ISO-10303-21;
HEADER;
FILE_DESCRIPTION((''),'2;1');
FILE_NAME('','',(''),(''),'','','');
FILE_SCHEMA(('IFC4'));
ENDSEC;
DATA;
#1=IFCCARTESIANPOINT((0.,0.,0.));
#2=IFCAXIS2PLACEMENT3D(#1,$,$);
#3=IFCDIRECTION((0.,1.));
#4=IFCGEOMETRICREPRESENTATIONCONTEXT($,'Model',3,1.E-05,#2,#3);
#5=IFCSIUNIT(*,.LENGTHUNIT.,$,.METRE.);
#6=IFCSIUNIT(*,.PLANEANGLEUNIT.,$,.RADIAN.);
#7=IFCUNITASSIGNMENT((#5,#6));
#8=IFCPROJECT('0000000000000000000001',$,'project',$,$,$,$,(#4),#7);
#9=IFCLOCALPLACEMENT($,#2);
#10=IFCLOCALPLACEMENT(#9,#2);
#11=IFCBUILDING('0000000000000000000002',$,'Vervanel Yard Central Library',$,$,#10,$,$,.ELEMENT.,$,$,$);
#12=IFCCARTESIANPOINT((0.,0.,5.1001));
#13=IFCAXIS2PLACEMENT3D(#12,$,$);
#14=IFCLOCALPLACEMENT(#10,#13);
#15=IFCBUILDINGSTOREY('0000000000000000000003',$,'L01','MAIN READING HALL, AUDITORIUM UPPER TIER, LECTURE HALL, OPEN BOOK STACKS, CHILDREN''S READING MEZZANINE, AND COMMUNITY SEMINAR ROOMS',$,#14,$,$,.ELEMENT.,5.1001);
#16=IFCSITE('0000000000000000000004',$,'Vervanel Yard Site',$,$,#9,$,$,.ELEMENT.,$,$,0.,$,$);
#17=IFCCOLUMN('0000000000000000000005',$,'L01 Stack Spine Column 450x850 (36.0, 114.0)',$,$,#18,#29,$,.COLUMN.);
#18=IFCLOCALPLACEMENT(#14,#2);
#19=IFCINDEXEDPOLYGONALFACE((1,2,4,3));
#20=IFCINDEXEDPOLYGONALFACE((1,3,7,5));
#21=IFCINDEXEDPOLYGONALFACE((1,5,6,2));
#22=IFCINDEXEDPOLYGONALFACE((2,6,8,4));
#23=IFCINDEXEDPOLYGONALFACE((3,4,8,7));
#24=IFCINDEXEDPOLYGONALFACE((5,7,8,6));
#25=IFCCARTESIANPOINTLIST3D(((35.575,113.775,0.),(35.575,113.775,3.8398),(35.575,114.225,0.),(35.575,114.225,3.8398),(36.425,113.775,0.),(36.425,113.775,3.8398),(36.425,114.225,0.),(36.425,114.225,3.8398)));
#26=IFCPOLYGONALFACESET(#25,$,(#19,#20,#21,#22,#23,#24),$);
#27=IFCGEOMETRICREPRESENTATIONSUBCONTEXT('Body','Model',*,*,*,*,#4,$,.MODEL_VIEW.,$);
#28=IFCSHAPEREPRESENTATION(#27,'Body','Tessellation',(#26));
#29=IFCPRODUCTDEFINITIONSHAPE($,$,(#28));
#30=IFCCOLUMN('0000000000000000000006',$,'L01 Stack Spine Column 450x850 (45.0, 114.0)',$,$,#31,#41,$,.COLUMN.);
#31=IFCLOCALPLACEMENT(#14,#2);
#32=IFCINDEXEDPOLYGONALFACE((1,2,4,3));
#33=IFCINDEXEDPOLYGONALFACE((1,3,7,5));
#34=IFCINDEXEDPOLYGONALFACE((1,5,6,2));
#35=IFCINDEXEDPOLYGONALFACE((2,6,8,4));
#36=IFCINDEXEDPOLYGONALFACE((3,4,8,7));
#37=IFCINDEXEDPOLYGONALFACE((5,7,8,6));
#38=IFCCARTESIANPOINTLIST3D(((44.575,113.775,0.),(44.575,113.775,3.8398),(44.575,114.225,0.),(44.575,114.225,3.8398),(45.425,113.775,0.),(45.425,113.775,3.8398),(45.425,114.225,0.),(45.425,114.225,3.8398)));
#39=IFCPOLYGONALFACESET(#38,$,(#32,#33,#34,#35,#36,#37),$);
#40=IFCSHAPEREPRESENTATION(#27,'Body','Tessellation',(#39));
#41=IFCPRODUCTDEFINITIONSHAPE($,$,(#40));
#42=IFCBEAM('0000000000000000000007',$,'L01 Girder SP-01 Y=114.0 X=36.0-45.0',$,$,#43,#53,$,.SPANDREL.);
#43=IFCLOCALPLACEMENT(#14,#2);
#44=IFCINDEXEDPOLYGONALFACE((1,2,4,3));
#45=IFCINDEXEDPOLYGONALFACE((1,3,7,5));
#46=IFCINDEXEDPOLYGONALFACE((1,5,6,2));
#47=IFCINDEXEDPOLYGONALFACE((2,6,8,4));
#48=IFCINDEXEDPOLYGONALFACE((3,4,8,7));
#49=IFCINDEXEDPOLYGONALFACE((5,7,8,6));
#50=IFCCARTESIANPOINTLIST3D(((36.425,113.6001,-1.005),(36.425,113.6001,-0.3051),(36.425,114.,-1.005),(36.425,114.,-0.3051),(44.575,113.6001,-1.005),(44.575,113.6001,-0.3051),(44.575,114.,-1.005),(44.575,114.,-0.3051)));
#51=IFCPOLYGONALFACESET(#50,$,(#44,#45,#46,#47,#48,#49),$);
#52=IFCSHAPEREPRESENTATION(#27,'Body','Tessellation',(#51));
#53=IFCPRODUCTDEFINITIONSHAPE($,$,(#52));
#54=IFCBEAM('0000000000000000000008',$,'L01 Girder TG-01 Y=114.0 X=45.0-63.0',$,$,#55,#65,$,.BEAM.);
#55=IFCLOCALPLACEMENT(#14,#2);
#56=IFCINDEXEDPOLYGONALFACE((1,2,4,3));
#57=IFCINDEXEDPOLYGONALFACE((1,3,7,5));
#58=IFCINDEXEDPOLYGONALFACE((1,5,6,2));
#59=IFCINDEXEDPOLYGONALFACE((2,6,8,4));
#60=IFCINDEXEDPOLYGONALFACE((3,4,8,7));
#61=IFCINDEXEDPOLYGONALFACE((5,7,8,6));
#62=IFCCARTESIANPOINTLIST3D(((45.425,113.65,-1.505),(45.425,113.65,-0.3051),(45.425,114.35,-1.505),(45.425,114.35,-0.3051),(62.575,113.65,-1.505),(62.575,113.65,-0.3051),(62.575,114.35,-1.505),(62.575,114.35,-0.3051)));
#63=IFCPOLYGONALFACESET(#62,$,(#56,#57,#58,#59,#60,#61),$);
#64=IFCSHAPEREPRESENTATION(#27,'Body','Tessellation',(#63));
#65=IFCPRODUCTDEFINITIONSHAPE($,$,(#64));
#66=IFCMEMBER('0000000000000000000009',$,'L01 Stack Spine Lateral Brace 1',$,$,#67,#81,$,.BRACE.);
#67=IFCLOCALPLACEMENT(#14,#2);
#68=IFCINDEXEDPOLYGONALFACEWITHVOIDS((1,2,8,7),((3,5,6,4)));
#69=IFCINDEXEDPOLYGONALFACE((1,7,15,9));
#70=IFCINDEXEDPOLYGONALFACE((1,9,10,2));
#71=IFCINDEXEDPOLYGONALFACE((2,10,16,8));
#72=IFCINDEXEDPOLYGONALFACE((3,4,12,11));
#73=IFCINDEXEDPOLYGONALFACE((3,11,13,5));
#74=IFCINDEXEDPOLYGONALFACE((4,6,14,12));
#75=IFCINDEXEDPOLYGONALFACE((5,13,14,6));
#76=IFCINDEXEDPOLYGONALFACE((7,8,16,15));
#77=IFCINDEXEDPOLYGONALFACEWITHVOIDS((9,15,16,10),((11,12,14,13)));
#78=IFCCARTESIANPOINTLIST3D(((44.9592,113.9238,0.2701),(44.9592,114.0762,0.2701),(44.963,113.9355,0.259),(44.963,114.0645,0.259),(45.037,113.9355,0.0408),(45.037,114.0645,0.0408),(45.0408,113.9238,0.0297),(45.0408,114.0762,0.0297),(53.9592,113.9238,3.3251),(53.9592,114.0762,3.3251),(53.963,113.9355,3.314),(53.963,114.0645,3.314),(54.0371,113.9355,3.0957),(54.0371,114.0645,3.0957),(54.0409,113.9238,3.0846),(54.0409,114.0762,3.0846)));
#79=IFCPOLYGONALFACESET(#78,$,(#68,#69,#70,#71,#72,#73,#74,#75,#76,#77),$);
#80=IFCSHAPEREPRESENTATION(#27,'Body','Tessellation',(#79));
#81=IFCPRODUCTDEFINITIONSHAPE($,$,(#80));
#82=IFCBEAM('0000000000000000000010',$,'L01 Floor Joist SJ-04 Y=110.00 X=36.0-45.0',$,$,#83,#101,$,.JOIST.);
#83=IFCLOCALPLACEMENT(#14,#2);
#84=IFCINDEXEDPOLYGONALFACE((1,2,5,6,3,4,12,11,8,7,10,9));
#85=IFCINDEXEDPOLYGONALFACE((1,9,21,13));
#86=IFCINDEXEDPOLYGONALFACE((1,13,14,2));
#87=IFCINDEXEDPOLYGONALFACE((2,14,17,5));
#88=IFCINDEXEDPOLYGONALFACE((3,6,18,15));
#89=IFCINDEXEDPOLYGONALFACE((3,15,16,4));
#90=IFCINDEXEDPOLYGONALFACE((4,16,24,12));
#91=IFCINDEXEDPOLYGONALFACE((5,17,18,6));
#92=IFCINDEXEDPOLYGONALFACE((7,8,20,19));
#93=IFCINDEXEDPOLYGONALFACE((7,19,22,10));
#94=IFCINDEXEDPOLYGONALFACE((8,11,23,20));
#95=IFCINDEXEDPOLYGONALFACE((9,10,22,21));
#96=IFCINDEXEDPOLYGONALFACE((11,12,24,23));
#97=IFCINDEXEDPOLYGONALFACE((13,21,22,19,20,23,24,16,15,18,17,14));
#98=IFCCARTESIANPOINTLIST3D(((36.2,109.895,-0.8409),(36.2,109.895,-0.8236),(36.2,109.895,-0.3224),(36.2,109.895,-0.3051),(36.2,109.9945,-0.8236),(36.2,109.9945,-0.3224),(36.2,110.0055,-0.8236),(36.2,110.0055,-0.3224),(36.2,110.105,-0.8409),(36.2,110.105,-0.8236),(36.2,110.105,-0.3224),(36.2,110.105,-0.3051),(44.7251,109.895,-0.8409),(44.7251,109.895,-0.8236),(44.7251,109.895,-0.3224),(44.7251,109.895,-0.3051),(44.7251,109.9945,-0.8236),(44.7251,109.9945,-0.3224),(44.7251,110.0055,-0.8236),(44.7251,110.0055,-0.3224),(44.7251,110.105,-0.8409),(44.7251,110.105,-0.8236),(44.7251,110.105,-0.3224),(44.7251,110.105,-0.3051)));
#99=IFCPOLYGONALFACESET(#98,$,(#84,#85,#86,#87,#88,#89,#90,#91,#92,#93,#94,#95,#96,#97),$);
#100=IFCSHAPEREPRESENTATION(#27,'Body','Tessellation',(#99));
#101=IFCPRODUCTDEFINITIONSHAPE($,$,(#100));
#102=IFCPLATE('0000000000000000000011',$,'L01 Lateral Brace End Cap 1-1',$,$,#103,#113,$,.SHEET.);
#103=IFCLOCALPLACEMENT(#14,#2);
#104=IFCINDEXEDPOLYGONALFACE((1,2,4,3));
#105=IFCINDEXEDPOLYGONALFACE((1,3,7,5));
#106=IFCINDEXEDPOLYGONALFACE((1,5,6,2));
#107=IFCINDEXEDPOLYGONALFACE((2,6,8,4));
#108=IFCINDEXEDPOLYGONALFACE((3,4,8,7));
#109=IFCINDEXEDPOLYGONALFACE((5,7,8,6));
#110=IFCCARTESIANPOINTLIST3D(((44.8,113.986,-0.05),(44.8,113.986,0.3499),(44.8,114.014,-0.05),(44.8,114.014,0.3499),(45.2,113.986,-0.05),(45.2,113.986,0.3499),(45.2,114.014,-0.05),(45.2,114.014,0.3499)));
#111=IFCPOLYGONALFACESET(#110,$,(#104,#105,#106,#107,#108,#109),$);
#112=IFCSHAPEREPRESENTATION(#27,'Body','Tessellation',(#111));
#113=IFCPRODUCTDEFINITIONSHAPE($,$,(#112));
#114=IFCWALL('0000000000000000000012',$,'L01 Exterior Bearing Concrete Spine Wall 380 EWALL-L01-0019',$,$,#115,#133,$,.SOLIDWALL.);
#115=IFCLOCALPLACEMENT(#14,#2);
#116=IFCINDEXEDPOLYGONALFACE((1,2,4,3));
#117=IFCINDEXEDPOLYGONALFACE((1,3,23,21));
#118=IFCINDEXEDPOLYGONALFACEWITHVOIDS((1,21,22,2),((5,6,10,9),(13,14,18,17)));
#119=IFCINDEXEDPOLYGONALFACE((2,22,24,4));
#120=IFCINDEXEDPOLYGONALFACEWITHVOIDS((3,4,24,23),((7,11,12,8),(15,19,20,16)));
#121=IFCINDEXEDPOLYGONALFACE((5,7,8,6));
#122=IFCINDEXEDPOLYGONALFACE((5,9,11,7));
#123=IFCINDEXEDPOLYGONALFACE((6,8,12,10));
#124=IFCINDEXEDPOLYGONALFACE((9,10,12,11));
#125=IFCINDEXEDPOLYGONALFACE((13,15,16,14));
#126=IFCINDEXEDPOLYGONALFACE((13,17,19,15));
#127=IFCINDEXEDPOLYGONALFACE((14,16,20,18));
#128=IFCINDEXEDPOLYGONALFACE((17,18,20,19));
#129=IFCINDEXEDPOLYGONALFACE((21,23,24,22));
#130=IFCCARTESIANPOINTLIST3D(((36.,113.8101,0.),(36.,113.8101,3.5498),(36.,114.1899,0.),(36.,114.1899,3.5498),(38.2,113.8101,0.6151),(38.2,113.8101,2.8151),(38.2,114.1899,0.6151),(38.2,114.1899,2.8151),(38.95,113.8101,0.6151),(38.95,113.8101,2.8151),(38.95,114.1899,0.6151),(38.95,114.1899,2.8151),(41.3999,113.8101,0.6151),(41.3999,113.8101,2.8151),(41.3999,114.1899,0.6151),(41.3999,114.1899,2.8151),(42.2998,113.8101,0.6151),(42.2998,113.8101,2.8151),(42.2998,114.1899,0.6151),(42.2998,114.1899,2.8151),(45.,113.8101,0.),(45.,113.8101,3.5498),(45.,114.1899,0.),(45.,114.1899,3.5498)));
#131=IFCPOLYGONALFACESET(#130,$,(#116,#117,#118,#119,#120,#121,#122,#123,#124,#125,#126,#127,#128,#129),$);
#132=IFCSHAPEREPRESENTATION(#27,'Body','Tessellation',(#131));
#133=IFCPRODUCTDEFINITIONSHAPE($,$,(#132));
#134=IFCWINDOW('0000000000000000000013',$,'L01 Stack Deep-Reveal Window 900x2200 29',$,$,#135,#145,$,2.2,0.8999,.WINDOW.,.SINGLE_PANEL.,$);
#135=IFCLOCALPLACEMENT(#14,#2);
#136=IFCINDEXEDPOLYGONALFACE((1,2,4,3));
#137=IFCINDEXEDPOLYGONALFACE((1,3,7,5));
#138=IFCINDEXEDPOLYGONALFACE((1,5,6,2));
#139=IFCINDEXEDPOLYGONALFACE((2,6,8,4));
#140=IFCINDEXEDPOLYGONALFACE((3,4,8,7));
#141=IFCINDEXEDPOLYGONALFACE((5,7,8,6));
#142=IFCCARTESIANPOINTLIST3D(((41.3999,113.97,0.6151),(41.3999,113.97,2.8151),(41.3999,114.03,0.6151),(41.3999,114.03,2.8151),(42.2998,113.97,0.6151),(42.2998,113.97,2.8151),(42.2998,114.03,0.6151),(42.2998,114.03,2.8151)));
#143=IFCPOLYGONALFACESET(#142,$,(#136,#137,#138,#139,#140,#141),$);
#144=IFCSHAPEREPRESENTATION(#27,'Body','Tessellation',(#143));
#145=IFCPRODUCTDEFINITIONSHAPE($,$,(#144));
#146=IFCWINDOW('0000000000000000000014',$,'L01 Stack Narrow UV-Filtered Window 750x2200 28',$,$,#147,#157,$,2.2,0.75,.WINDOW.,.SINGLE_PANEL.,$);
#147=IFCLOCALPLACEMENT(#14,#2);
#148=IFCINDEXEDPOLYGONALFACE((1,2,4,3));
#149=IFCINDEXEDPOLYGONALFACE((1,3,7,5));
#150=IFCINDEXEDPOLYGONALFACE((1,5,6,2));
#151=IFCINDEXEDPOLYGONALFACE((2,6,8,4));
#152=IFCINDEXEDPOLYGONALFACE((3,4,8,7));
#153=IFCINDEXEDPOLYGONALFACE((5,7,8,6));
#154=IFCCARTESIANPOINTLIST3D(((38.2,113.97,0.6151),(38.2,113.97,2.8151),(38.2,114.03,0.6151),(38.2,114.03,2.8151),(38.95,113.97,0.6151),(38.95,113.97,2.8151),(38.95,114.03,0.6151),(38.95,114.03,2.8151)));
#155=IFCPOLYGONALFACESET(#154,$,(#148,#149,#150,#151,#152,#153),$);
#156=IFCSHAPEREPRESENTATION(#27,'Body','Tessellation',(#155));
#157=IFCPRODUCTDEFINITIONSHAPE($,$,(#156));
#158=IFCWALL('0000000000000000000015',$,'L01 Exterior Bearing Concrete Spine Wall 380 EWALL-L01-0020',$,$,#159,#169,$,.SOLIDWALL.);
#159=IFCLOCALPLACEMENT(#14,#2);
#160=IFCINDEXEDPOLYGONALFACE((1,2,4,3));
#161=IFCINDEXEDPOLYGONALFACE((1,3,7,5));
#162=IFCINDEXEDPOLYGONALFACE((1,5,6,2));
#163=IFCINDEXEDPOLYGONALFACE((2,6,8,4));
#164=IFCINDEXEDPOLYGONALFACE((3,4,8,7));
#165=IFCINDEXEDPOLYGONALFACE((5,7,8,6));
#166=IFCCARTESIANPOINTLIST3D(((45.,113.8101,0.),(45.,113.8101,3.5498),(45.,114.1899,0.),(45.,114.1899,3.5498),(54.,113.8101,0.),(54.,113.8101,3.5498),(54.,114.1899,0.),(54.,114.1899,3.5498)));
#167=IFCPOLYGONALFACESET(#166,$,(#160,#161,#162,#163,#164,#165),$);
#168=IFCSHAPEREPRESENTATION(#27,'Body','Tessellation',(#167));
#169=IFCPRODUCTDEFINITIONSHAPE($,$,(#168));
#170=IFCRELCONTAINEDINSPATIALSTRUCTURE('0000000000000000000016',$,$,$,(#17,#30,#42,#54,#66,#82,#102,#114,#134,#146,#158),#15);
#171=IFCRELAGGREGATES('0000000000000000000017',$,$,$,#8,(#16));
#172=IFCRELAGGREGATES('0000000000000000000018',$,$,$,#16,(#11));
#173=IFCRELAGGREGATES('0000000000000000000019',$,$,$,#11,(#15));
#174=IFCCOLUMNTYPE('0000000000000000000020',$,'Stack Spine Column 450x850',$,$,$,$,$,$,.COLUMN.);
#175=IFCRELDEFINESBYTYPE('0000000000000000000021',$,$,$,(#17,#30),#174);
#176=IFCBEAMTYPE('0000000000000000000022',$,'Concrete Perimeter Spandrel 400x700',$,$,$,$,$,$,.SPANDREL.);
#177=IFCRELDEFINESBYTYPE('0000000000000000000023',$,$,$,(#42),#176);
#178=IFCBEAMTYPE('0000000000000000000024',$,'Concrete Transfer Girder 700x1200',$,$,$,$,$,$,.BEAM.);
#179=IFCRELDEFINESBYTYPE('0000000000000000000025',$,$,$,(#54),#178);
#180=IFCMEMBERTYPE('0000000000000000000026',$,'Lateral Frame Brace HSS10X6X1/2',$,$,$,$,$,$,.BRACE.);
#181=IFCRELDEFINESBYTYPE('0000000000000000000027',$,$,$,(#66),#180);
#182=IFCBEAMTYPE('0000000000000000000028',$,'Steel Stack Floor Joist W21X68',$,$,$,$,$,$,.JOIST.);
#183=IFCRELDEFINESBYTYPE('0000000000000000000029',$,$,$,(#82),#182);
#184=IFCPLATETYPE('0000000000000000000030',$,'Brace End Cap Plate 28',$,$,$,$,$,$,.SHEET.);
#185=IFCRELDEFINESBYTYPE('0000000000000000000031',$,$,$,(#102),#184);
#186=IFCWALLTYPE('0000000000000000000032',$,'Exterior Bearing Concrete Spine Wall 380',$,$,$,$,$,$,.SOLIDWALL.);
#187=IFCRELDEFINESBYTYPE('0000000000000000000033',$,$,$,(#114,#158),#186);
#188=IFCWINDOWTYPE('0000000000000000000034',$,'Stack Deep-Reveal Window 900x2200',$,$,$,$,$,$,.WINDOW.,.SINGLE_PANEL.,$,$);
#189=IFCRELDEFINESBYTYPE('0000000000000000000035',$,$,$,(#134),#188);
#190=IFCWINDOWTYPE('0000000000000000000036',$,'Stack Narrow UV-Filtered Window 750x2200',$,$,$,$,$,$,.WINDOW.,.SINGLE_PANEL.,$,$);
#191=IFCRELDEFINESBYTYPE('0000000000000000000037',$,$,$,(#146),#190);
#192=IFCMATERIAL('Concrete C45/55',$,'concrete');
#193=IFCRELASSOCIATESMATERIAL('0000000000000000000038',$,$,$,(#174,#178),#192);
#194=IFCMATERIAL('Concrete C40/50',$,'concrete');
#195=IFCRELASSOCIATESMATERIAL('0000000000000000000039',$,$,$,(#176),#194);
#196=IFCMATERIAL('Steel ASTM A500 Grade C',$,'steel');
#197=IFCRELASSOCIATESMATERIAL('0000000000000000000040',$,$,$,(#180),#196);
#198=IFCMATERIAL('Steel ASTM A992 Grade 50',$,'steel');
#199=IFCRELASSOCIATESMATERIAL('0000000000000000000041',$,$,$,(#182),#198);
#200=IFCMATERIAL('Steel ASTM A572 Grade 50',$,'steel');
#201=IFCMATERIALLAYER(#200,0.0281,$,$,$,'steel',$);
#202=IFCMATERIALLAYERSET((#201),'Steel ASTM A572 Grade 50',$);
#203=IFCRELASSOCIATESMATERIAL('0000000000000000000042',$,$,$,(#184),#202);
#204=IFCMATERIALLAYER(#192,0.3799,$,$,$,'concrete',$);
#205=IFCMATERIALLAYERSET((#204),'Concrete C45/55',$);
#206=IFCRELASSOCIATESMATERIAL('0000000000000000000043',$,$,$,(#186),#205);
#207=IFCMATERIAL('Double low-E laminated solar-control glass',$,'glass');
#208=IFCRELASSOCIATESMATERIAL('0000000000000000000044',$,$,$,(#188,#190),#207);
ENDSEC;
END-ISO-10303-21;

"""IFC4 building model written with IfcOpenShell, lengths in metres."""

from ifc_helpers import new_model, si_unit, direction, frame, frame_2d, origin, origin_2d, place, context, subcontext, project, spatial, rectangle, hollow_rectangle, i_section, extrude, material, layer, layer_set, material_profile, profile_set, type_object, element, fill, save


model = new_model("IFC4")

# Units and contexts
model_context = context("Model", 3, precision=1e-05, world=origin(), true_north=direction((0.0, 1.0)))
body_context = subcontext(model_context, "Body", "Model", "MODEL_VIEW")
ifc_project = project(units=[si_unit("LENGTHUNIT", "METRE"), si_unit("PLANEANGLEUNIT", "RADIAN")], contexts=[model_context])

# Site, building, storey
site_placement = place(None, origin())
site = spatial("IfcSite", under=ifc_project, at=site_placement, Name="Vervanel Yard Site", CompositionType="ELEMENT", RefElevation=0.0)
building_placement = place(site_placement, origin())
building = spatial("IfcBuilding", under=site, at=building_placement, Name="Vervanel Yard Central Library", CompositionType="ELEMENT")
storey_placement = place(building_placement, frame((0.0, 0.0, 5.1001)))
storey = spatial("IfcBuildingStorey", under=building, at=storey_placement, Name="L01", Description="MAIN READING HALL, AUDITORIUM UPPER TIER, LECTURE HALL, OPEN BOOK STACKS, CHILDREN'S READING MEZZANINE, AND COMMUNITY SEMINAR ROOMS", CompositionType="ELEMENT", Elevation=5.1001)

# Columns
ifc_material_1 = material(Name="Concrete C45/55", Category="concrete")
ifc_material_profile_1 = material_profile(ifc_material_1, rectangle(XDim=0.45, YDim=0.8501, at=origin_2d()), Name="RC 450x850", Category="concrete")
ifc_profile_set_1 = profile_set([ifc_material_profile_1], Name="Concrete C45/55")
column_type = type_object("IfcColumnType", Name="Stack Spine Column 450x850", PredefinedType="COLUMN", material=ifc_profile_set_1)
for number, where, z_axis, x_axis, name in (
    (1, (36.0, 114.0, 0.0), (0.0, 0.0, 1.0), (0.0, 1.0, 0.0), "L01 Stack Spine Column 450x850 (36.0, 114.0)"),
    (2, (45.0, 114.0, 0.0), (0.0, 0.0, 1.0), (0.0, 1.0, 0.0), "L01 Stack Spine Column 450x850 (45.0, 114.0)"),
):
    element("IfcColumn", number, at=place(storey_placement, frame(where, z_axis=z_axis, x_axis=x_axis)), inside=storey, type_object=column_type, Name=name, PredefinedType="COLUMN", context=body_context, shape_type="SweptSolid", body=[
        extrude(rectangle(XDim=0.45, YDim=0.8501, at=origin_2d()), origin(), (0.0, 0.0, 1.0), 3.8398),
    ])

# Beams
ifc_material_2 = material(Name="Concrete C40/50", Category="concrete")
ifc_material_profile_2 = material_profile(ifc_material_2, rectangle(XDim=0.3999, YDim=0.7, at=origin_2d()), Name="RC 400x700", Category="concrete")
ifc_profile_set_2 = profile_set([ifc_material_profile_2], Name="Concrete C40/50")
beam_type_1 = type_object("IfcBeamType", Name="Concrete Perimeter Spandrel 400x700", PredefinedType="SPANDREL", material=ifc_profile_set_2)
beam_1_placement = place(storey_placement, frame((36.425, 113.8, -0.655), z_axis=(1.0, 0.0, 0.0), x_axis=(0.0, 1.0, 0.0)))
element("IfcBeam", 3, at=beam_1_placement, inside=storey, type_object=beam_type_1, Name="L01 Girder SP-01 Y=114.0 X=36.0-45.0", PredefinedType="SPANDREL", context=body_context, shape_type="SweptSolid", body=[
    extrude(rectangle(XDim=0.3999, YDim=0.7, at=origin_2d()), origin(), (0.0, 0.0, 1.0), 8.1499),
])
ifc_material_profile_3 = material_profile(ifc_material_1, rectangle(XDim=0.7, YDim=1.2, at=origin_2d()), Name="RC 700x1200", Category="concrete")
ifc_profile_set_3 = profile_set([ifc_material_profile_3], Name="Concrete C45/55")
beam_type_2 = type_object("IfcBeamType", Name="Concrete Transfer Girder 700x1200", PredefinedType="BEAM", material=ifc_profile_set_3)
beam_2_placement = place(storey_placement, frame((45.425, 114.0, -0.905), z_axis=(1.0, 0.0, 0.0), x_axis=(0.0, 1.0, 0.0)))
element("IfcBeam", 4, at=beam_2_placement, inside=storey, type_object=beam_type_2, Name="L01 Girder TG-01 Y=114.0 X=45.0-63.0", PredefinedType="BEAM", context=body_context, shape_type="SweptSolid", body=[
    extrude(rectangle(XDim=0.7, YDim=1.2, at=origin_2d()), origin(), (0.0, 0.0, 1.0), 17.1499),
])

# Member
ifc_material_3 = material(Name="Steel ASTM A500 Grade C", Category="steel")
ifc_material_profile_4 = material_profile(ifc_material_3, hollow_rectangle(XDim=0.1523, YDim=0.2539, WallThickness=0.0117, at=origin_2d()), Name="HSS10X6X1/2", Category="steel")
ifc_profile_set_4 = profile_set([ifc_material_profile_4], Name="Steel ASTM A500 Grade C")
member_type = type_object("IfcMemberType", Name="Lateral Frame Brace HSS10X6X1/2", PredefinedType="BRACE", material=ifc_profile_set_4)
member_placement = place(storey_placement, frame((45.0, 114.0, 0.1499), z_axis=(0.946935, 0.0, 0.321425), x_axis=(0.0, 1.0, 0.0)))
element("IfcMember", 5, at=member_placement, inside=storey, type_object=member_type, Name="L01 Stack Spine Lateral Brace 1", PredefinedType="BRACE", context=body_context, shape_type="SweptSolid", body=[
    extrude(hollow_rectangle(XDim=0.1523, YDim=0.2539, WallThickness=0.0117, at=origin_2d()), origin(), (0.0, 0.0, 1.0), 9.5044),
])

# Beam
ifc_material_4 = material(Name="Steel ASTM A992 Grade 50", Category="steel")
ifc_material_profile_5 = material_profile(ifc_material_4, i_section(OverallWidth=0.21, OverallDepth=0.5359, WebThickness=0.011, FlangeThickness=0.0173, at=origin_2d()), Name="W21X68", Category="steel")
ifc_profile_set_5 = profile_set([ifc_material_profile_5], Name="Steel ASTM A992 Grade 50")
beam_type_3 = type_object("IfcBeamType", Name="Steel Stack Floor Joist W21X68", PredefinedType="JOIST", material=ifc_profile_set_5)
beam_3_placement = place(storey_placement, frame((36.2, 110.0, -0.573), z_axis=(1.0, 0.0, 0.0), x_axis=(0.0, 1.0, 0.0)))
element("IfcBeam", 6, at=beam_3_placement, inside=storey, type_object=beam_type_3, Name="L01 Floor Joist SJ-04 Y=110.00 X=36.0-45.0", PredefinedType="JOIST", context=body_context, shape_type="SweptSolid", body=[
    extrude(i_section(OverallWidth=0.21, OverallDepth=0.5359, WebThickness=0.011, FlangeThickness=0.0173, at=origin_2d()), origin(), (0.0, 0.0, 1.0), 8.5251),
])

# Plate
ifc_material_5 = material(Name="Steel ASTM A572 Grade 50", Category="steel")
ifc_layer_1 = layer(ifc_material_5, 0.0281, Category="steel")
ifc_layer_set_1 = layer_set([ifc_layer_1], Name="Steel ASTM A572 Grade 50")
plate_type = type_object("IfcPlateType", Name="Brace End Cap Plate 28", PredefinedType="SHEET", material=ifc_layer_set_1)
plate_placement = place(storey_placement, frame((45.0, 114.0, -0.05), z_axis=(0.0, 0.0, 1.0), x_axis=(1.0, 0.0, 0.0)))
element("IfcPlate", 7, at=plate_placement, inside=storey, type_object=plate_type, Name="L01 Lateral Brace End Cap 1-1", PredefinedType="SHEET", context=body_context, shape_type="SweptSolid", body=[
    extrude(rectangle(XDim=0.3999, YDim=0.0281, at=origin_2d()), origin(), (0.0, 0.0, 1.0), 0.3999),
])

# Wall, openings, windows
ifc_layer_2 = layer(ifc_material_1, 0.3799, Category="concrete")
ifc_layer_set_2 = layer_set([ifc_layer_2], Name="Concrete C45/55")
wall_type = type_object("IfcWallType", Name="Exterior Bearing Concrete Spine Wall 380", PredefinedType="SOLIDWALL", material=ifc_layer_set_2)
wall_1_placement = place(storey_placement, frame((36.0, 114.0, 0.0), z_axis=(0.0, 0.0, 1.0), x_axis=(1.0, 0.0, 0.0)))
wall_1 = element("IfcWall", 8, at=wall_1_placement, inside=storey, type_object=wall_type, Name="L01 Exterior Bearing Concrete Spine Wall 380 EWALL-L01-0019", PredefinedType="SOLIDWALL", context=body_context, shape_type="SweptSolid", body=[
    extrude(rectangle(XDim=9.0, YDim=0.3799, at=frame_2d((4.5, 0.0))), origin(), (0.0, 0.0, 1.0), 3.5498),
])
opening_1_placement = place(wall_1_placement, frame((2.2, 0.0, 0.615)))
opening_1 = element("IfcOpeningElement", 9, at=opening_1_placement, cuts=wall_1, PredefinedType="OPENING", context=body_context, shape_type="SweptSolid", body=[
    extrude(rectangle(XDim=0.75, YDim=2.2, at=frame_2d((0.375, 1.1001))), frame((0.0, 0.2, 0.0), z_axis=(0.0, -1.0, 0.0), x_axis=(1.0, 0.0, 0.0)), (0.0, 0.0, 1.0), 0.3999),
])
opening_2_placement = place(wall_1_placement, frame((5.3999, 0.0, 0.615)))
opening_2 = element("IfcOpeningElement", 10, at=opening_2_placement, cuts=wall_1, PredefinedType="OPENING", context=body_context, shape_type="SweptSolid", body=[
    extrude(rectangle(XDim=0.8999, YDim=2.2, at=frame_2d((0.45, 1.1001))), frame((0.0, 0.2, 0.0), z_axis=(0.0, -1.0, 0.0), x_axis=(1.0, 0.0, 0.0)), (0.0, 0.0, 1.0), 0.3999),
])
ifc_material_6 = material(Name="Double low-E laminated solar-control glass", Category="glass")
window_type_1 = type_object("IfcWindowType", Name="Stack Deep-Reveal Window 900x2200", PartitioningType="SINGLE_PANEL", PredefinedType="WINDOW", material=ifc_material_6)
window_1_placement = place(opening_2_placement, origin())
window_1 = element("IfcWindow", 11, at=window_1_placement, inside=storey, type_object=window_type_1, Name="L01 Stack Deep-Reveal Window 900x2200 29", OverallHeight=2.2, OverallWidth=0.8999, PartitioningType="SINGLE_PANEL", PredefinedType="WINDOW", context=body_context, shape_type="SweptSolid", body=[
    extrude(rectangle(XDim=0.8999, YDim=2.2, at=frame_2d((0.45, 1.1001))), frame((0.0, 0.03, 0.0), z_axis=(0.0, -1.0, 0.0), x_axis=(1.0, 0.0, 0.0)), (0.0, 0.0, 1.0), 0.0601),
])
fill(opening_2, window_1)
window_type_2 = type_object("IfcWindowType", Name="Stack Narrow UV-Filtered Window 750x2200", PartitioningType="SINGLE_PANEL", PredefinedType="WINDOW", material=ifc_material_6)
window_2_placement = place(opening_1_placement, origin())
window_2 = element("IfcWindow", 12, at=window_2_placement, inside=storey, type_object=window_type_2, Name="L01 Stack Narrow UV-Filtered Window 750x2200 28", OverallHeight=2.2, OverallWidth=0.75, PartitioningType="SINGLE_PANEL", PredefinedType="WINDOW", context=body_context, shape_type="SweptSolid", body=[
    extrude(rectangle(XDim=0.75, YDim=2.2, at=frame_2d((0.375, 1.1001))), frame((0.0, 0.03, 0.0), z_axis=(0.0, -1.0, 0.0), x_axis=(1.0, 0.0, 0.0)), (0.0, 0.0, 1.0), 0.0601),
])
fill(opening_1, window_2)

# Wall
wall_2_placement = place(storey_placement, frame((45.0, 114.0, 0.0), z_axis=(0.0, 0.0, 1.0), x_axis=(1.0, 0.0, 0.0)))
element("IfcWall", 13, at=wall_2_placement, inside=storey, type_object=wall_type, Name="L01 Exterior Bearing Concrete Spine Wall 380 EWALL-L01-0020", PredefinedType="SOLIDWALL", context=body_context, shape_type="SweptSolid", body=[
    extrude(rectangle(XDim=9.0, YDim=0.3799, at=frame_2d((4.5, 0.0))), origin(), (0.0, 0.0, 1.0), 3.5498),
])

save(model, "model.ifc")
